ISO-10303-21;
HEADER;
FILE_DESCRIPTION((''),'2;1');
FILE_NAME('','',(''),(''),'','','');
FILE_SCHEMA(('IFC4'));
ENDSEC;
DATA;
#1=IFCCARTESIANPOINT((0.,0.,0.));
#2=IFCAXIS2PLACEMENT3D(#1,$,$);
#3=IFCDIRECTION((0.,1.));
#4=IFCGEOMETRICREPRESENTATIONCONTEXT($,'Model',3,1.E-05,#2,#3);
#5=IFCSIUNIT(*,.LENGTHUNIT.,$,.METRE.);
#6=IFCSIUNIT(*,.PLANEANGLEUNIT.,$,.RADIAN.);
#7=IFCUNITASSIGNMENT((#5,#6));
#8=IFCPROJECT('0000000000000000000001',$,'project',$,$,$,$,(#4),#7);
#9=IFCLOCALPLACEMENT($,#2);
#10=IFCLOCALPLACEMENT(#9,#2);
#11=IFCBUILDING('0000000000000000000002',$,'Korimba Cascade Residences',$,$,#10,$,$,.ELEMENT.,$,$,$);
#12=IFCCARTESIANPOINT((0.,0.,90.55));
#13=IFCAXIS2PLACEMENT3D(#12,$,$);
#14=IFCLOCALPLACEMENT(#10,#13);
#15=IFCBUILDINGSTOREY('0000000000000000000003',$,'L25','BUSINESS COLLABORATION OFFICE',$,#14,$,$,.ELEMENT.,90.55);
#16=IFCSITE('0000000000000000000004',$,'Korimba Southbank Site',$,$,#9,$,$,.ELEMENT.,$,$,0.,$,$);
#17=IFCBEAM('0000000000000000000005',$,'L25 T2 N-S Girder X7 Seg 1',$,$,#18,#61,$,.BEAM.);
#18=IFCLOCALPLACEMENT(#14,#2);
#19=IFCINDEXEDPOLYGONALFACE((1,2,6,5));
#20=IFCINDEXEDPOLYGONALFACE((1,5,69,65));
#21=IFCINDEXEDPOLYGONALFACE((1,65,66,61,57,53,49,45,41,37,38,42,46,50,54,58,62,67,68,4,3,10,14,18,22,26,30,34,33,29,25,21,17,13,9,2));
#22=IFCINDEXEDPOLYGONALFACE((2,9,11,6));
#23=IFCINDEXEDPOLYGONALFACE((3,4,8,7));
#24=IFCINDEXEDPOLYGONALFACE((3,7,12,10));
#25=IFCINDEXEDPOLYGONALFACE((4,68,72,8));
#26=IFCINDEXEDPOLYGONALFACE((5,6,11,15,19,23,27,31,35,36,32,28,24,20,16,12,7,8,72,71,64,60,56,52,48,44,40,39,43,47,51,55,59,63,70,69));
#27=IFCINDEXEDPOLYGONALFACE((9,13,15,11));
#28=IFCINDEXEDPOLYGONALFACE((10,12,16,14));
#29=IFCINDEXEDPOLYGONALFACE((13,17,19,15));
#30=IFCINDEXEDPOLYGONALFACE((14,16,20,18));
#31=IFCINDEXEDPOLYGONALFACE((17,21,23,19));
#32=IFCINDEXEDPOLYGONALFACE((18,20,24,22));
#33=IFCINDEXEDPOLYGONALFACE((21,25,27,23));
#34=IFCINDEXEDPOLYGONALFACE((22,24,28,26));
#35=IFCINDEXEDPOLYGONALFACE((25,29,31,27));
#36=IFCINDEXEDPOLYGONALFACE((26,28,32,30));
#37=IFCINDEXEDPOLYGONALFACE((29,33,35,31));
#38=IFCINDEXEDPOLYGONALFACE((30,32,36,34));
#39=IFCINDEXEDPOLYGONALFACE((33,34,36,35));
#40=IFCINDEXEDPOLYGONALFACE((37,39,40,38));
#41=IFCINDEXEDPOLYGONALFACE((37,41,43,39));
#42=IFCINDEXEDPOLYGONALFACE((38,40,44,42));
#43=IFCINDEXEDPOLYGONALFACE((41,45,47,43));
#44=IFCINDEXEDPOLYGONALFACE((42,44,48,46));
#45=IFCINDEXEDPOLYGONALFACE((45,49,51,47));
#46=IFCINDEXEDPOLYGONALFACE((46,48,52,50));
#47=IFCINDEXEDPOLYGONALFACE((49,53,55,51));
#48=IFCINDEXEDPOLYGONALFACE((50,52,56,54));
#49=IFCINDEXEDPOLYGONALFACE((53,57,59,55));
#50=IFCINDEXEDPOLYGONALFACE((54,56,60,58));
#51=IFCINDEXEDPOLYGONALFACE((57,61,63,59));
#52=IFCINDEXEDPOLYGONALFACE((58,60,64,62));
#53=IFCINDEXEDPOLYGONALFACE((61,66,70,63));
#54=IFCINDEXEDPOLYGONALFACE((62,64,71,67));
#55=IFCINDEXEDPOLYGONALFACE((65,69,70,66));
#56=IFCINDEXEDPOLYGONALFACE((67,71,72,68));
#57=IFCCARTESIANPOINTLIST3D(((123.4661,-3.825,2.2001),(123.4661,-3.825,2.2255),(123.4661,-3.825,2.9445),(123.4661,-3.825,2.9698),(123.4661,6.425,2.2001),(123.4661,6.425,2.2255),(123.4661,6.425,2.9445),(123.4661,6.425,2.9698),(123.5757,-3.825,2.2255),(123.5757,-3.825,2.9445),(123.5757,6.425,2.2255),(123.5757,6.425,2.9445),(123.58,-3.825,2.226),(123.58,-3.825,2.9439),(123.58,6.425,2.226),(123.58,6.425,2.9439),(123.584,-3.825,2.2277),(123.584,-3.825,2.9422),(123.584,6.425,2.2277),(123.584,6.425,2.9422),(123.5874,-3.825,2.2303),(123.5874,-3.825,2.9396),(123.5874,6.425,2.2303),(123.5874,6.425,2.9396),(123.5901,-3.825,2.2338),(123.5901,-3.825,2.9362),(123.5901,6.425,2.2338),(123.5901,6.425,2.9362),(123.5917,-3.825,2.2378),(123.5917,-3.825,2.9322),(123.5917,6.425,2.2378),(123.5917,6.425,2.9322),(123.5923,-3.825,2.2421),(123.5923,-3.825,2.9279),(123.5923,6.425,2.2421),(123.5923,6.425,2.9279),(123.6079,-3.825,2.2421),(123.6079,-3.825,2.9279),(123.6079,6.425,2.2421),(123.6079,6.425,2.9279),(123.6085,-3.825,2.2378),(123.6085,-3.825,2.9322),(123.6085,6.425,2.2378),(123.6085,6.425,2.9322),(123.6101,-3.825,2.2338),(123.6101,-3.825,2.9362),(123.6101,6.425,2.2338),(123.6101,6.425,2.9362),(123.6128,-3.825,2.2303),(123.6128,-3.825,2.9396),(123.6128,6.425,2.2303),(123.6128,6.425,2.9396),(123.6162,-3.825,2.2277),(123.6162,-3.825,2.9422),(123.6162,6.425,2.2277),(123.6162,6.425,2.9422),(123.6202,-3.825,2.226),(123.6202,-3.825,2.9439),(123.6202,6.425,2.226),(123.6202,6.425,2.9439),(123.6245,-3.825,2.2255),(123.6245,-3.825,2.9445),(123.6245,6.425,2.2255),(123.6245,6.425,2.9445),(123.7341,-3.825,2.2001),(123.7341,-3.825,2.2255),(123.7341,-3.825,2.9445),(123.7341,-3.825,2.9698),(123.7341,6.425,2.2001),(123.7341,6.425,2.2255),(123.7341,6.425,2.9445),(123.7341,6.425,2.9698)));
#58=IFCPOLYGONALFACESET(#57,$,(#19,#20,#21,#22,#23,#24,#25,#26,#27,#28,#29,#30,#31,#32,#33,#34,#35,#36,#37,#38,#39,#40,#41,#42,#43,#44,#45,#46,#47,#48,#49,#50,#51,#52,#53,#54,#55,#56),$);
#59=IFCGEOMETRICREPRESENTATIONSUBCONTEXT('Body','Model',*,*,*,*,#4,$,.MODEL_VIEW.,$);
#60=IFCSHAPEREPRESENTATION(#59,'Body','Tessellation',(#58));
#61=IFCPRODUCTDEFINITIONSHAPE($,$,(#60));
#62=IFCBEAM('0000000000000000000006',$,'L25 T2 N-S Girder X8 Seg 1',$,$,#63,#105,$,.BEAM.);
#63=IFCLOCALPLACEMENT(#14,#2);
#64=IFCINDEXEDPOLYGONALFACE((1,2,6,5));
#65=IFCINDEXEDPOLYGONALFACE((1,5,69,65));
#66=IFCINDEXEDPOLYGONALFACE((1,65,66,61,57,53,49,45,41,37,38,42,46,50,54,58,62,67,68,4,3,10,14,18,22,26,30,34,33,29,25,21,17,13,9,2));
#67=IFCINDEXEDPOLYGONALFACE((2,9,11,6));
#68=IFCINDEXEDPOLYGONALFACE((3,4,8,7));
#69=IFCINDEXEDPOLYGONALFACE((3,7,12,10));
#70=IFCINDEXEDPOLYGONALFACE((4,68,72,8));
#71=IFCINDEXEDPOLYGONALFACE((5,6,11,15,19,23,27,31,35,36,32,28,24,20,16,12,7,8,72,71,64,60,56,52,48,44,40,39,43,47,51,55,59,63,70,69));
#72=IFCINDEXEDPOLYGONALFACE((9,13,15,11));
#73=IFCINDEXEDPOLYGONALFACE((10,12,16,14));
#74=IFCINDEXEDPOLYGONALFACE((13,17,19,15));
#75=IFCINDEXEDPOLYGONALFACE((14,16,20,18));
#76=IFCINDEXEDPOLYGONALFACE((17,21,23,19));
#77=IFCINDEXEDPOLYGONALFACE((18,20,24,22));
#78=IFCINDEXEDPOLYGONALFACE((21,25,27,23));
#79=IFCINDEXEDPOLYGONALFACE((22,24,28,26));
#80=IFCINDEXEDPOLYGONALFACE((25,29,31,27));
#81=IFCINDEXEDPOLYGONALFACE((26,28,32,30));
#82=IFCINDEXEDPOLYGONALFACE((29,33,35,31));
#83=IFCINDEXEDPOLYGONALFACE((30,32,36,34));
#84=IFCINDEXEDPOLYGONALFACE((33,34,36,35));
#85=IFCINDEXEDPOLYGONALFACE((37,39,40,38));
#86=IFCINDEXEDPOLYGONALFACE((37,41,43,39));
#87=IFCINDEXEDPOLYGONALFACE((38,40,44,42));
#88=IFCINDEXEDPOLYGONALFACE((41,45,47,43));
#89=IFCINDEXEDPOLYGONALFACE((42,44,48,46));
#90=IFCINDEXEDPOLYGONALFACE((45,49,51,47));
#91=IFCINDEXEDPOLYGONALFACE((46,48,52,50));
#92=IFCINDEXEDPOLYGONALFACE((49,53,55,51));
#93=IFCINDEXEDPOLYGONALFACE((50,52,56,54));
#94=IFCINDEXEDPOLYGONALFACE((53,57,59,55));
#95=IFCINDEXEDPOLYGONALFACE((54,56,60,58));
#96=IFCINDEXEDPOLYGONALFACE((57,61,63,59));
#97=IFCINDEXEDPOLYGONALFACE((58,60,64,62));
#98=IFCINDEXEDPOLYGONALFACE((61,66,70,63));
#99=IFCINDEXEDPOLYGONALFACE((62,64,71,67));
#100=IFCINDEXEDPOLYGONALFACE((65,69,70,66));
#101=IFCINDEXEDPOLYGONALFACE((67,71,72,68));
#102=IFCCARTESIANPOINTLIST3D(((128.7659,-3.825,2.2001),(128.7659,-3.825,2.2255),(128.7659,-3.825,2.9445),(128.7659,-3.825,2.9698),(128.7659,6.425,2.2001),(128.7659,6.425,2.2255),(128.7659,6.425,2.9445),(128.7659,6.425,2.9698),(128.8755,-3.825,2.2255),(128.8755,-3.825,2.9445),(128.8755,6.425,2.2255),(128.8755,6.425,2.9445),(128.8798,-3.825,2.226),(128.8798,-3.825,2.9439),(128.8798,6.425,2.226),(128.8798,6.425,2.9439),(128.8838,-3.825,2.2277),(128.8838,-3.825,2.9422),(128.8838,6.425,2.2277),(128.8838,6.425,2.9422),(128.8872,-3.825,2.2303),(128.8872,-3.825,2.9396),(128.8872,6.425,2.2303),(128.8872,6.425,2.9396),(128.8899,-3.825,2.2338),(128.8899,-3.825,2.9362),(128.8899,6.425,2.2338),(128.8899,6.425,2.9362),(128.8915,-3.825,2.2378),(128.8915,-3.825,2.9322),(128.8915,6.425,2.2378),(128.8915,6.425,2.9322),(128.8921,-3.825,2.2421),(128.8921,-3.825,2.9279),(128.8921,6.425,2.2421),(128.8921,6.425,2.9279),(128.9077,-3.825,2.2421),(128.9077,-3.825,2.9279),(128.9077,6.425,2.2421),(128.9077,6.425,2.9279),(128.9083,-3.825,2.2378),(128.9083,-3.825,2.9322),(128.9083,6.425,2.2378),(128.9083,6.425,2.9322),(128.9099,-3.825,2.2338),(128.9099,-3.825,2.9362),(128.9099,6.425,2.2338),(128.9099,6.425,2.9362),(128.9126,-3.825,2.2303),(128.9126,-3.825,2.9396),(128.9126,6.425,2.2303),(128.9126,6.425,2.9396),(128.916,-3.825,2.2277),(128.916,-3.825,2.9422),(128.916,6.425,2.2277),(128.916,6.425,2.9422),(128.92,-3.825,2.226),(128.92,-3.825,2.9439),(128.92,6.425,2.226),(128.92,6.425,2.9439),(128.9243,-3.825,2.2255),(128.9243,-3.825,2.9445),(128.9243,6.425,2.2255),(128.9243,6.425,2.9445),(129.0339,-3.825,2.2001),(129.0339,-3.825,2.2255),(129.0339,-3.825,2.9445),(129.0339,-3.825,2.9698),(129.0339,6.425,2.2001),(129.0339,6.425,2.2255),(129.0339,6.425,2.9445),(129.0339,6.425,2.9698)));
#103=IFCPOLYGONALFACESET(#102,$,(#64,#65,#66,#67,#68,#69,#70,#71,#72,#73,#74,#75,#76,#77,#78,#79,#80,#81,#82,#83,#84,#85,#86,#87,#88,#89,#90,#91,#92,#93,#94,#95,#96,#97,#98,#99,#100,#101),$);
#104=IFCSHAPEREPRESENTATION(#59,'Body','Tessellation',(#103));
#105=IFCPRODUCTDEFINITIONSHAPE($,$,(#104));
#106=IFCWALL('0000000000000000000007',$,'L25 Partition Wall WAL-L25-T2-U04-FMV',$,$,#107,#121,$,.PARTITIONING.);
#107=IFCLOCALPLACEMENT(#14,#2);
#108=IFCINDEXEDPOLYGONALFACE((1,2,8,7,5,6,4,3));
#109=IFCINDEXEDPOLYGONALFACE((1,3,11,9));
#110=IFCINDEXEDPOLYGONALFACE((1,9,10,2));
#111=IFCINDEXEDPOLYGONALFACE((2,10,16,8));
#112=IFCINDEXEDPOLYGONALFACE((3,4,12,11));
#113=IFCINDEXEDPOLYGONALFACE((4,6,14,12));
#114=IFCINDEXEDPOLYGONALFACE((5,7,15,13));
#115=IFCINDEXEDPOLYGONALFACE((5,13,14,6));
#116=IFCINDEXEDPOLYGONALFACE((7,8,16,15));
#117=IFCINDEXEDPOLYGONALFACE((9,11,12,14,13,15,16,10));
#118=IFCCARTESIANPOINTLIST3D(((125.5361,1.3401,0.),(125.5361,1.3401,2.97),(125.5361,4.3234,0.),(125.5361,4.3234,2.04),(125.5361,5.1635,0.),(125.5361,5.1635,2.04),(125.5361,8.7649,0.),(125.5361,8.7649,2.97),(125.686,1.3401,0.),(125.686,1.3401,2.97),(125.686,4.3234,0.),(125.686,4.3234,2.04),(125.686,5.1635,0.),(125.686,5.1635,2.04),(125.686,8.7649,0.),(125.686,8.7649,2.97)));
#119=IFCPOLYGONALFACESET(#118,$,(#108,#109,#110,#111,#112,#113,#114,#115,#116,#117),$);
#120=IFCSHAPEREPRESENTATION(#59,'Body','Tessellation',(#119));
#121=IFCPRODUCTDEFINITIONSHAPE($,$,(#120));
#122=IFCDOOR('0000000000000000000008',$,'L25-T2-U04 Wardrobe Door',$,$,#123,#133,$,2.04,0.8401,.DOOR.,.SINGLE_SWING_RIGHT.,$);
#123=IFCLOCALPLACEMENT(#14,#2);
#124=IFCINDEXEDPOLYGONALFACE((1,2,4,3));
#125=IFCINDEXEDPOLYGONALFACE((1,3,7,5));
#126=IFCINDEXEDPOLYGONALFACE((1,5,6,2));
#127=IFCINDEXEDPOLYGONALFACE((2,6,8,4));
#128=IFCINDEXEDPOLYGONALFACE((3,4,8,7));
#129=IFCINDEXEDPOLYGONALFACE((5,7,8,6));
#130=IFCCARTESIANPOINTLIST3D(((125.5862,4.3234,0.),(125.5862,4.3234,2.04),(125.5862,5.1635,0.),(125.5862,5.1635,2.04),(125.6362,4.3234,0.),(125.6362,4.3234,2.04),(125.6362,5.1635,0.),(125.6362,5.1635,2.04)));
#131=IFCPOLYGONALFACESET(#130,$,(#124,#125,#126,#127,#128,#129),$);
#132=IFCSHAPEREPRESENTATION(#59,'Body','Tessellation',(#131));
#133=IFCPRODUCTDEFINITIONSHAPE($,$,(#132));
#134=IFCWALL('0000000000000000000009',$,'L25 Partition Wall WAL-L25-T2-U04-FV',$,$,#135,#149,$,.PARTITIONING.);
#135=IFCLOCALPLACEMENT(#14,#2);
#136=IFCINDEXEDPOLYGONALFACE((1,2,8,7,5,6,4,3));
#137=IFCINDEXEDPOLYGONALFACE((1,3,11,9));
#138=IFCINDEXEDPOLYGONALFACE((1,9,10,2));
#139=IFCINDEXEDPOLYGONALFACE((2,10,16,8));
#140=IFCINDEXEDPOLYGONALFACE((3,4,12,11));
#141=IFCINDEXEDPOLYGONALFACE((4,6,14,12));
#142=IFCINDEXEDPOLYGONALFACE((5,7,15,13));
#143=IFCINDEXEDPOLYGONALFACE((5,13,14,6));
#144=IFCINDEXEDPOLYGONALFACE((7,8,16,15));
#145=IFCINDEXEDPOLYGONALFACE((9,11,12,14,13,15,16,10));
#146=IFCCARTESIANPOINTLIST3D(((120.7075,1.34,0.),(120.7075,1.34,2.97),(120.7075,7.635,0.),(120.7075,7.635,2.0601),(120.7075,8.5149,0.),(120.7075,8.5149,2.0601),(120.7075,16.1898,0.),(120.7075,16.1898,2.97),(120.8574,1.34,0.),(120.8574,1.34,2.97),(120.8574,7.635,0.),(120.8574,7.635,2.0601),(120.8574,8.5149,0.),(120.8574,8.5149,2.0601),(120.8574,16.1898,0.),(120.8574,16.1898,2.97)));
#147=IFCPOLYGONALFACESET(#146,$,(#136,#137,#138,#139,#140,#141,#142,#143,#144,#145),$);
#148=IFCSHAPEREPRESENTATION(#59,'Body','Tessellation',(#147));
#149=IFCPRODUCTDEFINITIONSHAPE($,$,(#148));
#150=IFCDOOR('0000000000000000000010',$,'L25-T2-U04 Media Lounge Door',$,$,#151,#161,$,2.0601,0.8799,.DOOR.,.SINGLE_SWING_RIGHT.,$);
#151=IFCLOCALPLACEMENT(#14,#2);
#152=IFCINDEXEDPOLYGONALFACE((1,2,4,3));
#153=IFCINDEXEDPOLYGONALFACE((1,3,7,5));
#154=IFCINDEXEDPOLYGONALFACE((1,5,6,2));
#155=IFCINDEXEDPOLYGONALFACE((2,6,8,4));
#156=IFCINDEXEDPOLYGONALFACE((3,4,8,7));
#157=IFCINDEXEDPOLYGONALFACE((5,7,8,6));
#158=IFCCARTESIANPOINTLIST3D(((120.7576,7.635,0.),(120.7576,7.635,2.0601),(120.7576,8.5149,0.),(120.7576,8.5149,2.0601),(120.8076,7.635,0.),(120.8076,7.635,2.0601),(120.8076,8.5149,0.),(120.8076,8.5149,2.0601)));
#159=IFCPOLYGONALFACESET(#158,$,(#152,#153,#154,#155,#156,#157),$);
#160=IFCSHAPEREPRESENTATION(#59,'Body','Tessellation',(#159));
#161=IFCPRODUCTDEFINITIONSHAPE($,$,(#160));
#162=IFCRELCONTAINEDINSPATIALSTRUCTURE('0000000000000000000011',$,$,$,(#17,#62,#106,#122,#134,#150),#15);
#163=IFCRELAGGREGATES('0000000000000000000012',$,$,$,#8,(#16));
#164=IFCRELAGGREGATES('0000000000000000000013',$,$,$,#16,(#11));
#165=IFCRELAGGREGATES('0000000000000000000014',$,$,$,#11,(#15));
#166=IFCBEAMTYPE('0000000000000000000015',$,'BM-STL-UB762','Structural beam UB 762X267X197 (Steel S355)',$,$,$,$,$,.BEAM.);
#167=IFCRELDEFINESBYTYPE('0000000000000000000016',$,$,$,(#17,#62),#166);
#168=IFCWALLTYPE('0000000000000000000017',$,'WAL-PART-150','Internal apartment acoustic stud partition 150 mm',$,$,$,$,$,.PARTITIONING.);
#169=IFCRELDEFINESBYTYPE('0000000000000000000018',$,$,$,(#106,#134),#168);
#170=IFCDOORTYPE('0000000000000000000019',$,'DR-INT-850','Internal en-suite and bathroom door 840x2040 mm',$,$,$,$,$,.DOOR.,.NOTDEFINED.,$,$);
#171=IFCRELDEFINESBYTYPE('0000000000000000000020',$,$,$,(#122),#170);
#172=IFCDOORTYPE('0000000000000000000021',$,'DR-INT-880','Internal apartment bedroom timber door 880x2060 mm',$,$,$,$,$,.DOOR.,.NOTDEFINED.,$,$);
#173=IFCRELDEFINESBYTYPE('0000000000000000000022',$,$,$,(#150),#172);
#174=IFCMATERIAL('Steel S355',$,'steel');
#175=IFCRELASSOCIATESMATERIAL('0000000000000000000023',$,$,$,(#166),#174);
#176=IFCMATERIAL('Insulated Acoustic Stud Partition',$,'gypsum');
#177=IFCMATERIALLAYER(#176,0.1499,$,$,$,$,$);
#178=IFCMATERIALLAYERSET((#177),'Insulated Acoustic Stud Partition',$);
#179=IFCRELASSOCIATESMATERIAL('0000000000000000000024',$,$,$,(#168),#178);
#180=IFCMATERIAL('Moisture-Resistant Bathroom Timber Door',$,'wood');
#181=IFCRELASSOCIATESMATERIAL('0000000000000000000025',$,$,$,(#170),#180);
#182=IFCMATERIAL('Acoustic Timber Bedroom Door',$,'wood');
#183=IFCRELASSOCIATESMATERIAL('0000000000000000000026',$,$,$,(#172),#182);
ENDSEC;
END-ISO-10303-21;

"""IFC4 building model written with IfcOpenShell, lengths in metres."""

from ifc_helpers import new_model, si_unit, direction, frame, frame_2d, origin, origin_2d, place, context, subcontext, project, spatial, rectangle, i_section, extrude, material, layer, layer_set, material_profile, profile_set, type_object, element, fill, save


model = new_model("IFC4")

# Units and contexts
model_context = context("Model", 3, precision=1e-05, world=origin(), true_north=direction((0.0, 1.0)))
body_context = subcontext(model_context, "Body", "Model", "MODEL_VIEW")
ifc_project = project(units=[si_unit("LENGTHUNIT", "METRE"), si_unit("PLANEANGLEUNIT", "RADIAN")], contexts=[model_context])

# Site, building, storey
site_placement = place(None, origin())
site = spatial("IfcSite", under=ifc_project, at=site_placement, Name="Korimba Southbank Site", CompositionType="ELEMENT", RefElevation=0.0)
building_placement = place(site_placement, origin())
building = spatial("IfcBuilding", under=site, at=building_placement, Name="Korimba Cascade Residences", CompositionType="ELEMENT")
storey_placement = place(building_placement, frame((0.0, 0.0, 90.55)))
storey = spatial("IfcBuildingStorey", under=building, at=storey_placement, Name="L25", Description="BUSINESS COLLABORATION OFFICE", CompositionType="ELEMENT", Elevation=90.55)

# Beams
ifc_material_1 = material(Name="Steel S355", Category="steel")
ifc_material_profile_1 = material_profile(ifc_material_1, i_section(OverallWidth=0.2681, OverallDepth=0.7698, WebThickness=0.0156, FlangeThickness=0.0254, FilletRadius=0.0166, at=origin_2d()), Name="Steel S355")
ifc_profile_set_1 = profile_set([ifc_material_profile_1], Name="Steel S355")
beam_type_1 = type_object("IfcBeamType", Name="BM-STL-UB762", Description="Structural beam UB 762X267X197 (Steel S355)", PredefinedType="BEAM", material=ifc_profile_set_1)
for number, where, z_axis, x_axis, name in (
    (1, (123.6001, -3.825, 2.585), (0.0, 1.0, 0.0), (-1.0, 0.0, 0.0), "L25 T2 N-S Girder X7 Seg 1"),
    (2, (128.8999, -3.825, 2.585), (0.0, 1.0, 0.0), (-1.0, 0.0, 0.0), "L25 T2 N-S Girder X8 Seg 1"),
):
    element("IfcBeam", number, at=place(storey_placement, frame(where, z_axis=z_axis, x_axis=x_axis)), inside=storey, type_object=beam_type_1, Name=name, PredefinedType="BEAM", context=body_context, shape_type="SweptSolid", body=[
        extrude(i_section(OverallWidth=0.2681, OverallDepth=0.7698, WebThickness=0.0156, FlangeThickness=0.0254, FilletRadius=0.0166, at=origin_2d()), origin(), (0.0, 0.0, 1.0), 10.25),
    ])

# Walls, openings, doors
ifc_material_2 = material(Name="Insulated Acoustic Stud Partition", Category="gypsum")
ifc_layer = layer(ifc_material_2, 0.1499)
ifc_layer_set = layer_set([ifc_layer], Name="Insulated Acoustic Stud Partition")
wall_type = type_object("IfcWallType", Name="WAL-PART-150", Description="Internal apartment acoustic stud partition 150 mm", PredefinedType="PARTITIONING", material=ifc_layer_set)
wall_1_placement = place(storey_placement, frame((125.6111, 1.3401, 0.0), z_axis=(0.0, 0.0, 1.0), x_axis=(0.0, 1.0, 0.0)))
wall_1 = element("IfcWall", 3, at=wall_1_placement, inside=storey, type_object=wall_type, Name="L25 Partition Wall WAL-L25-T2-U04-FMV", PredefinedType="PARTITIONING", context=body_context, shape_type="SweptSolid", body=[
    extrude(rectangle(XDim=7.4248, YDim=0.1499, at=frame_2d((3.7124, 0.0))), origin(), (0.0, 0.0, 1.0), 2.97),
])
opening_1_placement = place(wall_1_placement, frame((2.9834, 0.0, 0.0)))
opening_1 = element("IfcOpeningElement", 4, at=opening_1_placement, cuts=wall_1, PredefinedType="OPENING", context=body_context, shape_type="SweptSolid", body=[
    extrude(rectangle(XDim=0.8401, YDim=2.04, at=frame_2d((0.4199, 1.02))), frame((0.0, 0.085, 0.0), z_axis=(0.0, -1.0, 0.0), x_axis=(1.0, 0.0, 0.0)), (0.0, 0.0, 1.0), 0.1699),
])
ifc_material_3 = material(Name="Moisture-Resistant Bathroom Timber Door", Category="wood")
door_type_1 = type_object("IfcDoorType", Name="DR-INT-850", Description="Internal en-suite and bathroom door 840x2040 mm", OperationType="NOTDEFINED", PredefinedType="DOOR", material=ifc_material_3)
door_1_placement = place(opening_1_placement, origin())
door_1 = element("IfcDoor", 5, at=door_1_placement, inside=storey, type_object=door_type_1, Name="L25-T2-U04 Wardrobe Door", OperationType="SINGLE_SWING_RIGHT", OverallHeight=2.04, OverallWidth=0.8401, PredefinedType="DOOR", context=body_context, shape_type="SweptSolid", body=[
    extrude(rectangle(XDim=0.8401, YDim=2.04, at=frame_2d((0.4199, 1.02))), frame((0.0, 0.0249, 0.0), z_axis=(0.0, -1.0, 0.0), x_axis=(1.0, 0.0, 0.0)), (0.0, 0.0, 1.0), 0.05),
])
fill(opening_1, door_1)
wall_2_placement = place(storey_placement, frame((120.7825, 1.3401, 0.0), z_axis=(0.0, 0.0, 1.0), x_axis=(0.0, 1.0, 0.0)))
wall_2 = element("IfcWall", 6, at=wall_2_placement, inside=storey, type_object=wall_type, Name="L25 Partition Wall WAL-L25-T2-U04-FV", PredefinedType="PARTITIONING", context=body_context, shape_type="SweptSolid", body=[
    extrude(rectangle(XDim=14.8499, YDim=0.1499, at=frame_2d((7.4248, 0.0))), origin(), (0.0, 0.0, 1.0), 2.97),
])
opening_2_placement = place(wall_2_placement, frame((6.2949, 0.0, 0.0)))
opening_2 = element("IfcOpeningElement", 7, at=opening_2_placement, cuts=wall_2, PredefinedType="OPENING", context=body_context, shape_type="SweptSolid", body=[
    extrude(rectangle(XDim=0.8799, YDim=2.0601, at=frame_2d((0.4399, 1.03))), frame((0.0, 0.085, 0.0), z_axis=(0.0, -1.0, 0.0), x_axis=(1.0, 0.0, 0.0)), (0.0, 0.0, 1.0), 0.1699),
])
ifc_material_4 = material(Name="Acoustic Timber Bedroom Door", Category="wood")
door_type_2 = type_object("IfcDoorType", Name="DR-INT-880", Description="Internal apartment bedroom timber door 880x2060 mm", OperationType="NOTDEFINED", PredefinedType="DOOR", material=ifc_material_4)
door_2_placement = place(opening_2_placement, origin())
door_2 = element("IfcDoor", 8, at=door_2_placement, inside=storey, type_object=door_type_2, Name="L25-T2-U04 Media Lounge Door", OperationType="SINGLE_SWING_RIGHT", OverallHeight=2.0601, OverallWidth=0.8799, PredefinedType="DOOR", context=body_context, shape_type="SweptSolid", body=[
    extrude(rectangle(XDim=0.8799, YDim=2.0601, at=frame_2d((0.4399, 1.03))), frame((0.0, 0.0249, 0.0), z_axis=(0.0, -1.0, 0.0), x_axis=(1.0, 0.0, 0.0)), (0.0, 0.0, 1.0), 0.05),
])
fill(opening_2, door_2)

save(model, "model.ifc")
